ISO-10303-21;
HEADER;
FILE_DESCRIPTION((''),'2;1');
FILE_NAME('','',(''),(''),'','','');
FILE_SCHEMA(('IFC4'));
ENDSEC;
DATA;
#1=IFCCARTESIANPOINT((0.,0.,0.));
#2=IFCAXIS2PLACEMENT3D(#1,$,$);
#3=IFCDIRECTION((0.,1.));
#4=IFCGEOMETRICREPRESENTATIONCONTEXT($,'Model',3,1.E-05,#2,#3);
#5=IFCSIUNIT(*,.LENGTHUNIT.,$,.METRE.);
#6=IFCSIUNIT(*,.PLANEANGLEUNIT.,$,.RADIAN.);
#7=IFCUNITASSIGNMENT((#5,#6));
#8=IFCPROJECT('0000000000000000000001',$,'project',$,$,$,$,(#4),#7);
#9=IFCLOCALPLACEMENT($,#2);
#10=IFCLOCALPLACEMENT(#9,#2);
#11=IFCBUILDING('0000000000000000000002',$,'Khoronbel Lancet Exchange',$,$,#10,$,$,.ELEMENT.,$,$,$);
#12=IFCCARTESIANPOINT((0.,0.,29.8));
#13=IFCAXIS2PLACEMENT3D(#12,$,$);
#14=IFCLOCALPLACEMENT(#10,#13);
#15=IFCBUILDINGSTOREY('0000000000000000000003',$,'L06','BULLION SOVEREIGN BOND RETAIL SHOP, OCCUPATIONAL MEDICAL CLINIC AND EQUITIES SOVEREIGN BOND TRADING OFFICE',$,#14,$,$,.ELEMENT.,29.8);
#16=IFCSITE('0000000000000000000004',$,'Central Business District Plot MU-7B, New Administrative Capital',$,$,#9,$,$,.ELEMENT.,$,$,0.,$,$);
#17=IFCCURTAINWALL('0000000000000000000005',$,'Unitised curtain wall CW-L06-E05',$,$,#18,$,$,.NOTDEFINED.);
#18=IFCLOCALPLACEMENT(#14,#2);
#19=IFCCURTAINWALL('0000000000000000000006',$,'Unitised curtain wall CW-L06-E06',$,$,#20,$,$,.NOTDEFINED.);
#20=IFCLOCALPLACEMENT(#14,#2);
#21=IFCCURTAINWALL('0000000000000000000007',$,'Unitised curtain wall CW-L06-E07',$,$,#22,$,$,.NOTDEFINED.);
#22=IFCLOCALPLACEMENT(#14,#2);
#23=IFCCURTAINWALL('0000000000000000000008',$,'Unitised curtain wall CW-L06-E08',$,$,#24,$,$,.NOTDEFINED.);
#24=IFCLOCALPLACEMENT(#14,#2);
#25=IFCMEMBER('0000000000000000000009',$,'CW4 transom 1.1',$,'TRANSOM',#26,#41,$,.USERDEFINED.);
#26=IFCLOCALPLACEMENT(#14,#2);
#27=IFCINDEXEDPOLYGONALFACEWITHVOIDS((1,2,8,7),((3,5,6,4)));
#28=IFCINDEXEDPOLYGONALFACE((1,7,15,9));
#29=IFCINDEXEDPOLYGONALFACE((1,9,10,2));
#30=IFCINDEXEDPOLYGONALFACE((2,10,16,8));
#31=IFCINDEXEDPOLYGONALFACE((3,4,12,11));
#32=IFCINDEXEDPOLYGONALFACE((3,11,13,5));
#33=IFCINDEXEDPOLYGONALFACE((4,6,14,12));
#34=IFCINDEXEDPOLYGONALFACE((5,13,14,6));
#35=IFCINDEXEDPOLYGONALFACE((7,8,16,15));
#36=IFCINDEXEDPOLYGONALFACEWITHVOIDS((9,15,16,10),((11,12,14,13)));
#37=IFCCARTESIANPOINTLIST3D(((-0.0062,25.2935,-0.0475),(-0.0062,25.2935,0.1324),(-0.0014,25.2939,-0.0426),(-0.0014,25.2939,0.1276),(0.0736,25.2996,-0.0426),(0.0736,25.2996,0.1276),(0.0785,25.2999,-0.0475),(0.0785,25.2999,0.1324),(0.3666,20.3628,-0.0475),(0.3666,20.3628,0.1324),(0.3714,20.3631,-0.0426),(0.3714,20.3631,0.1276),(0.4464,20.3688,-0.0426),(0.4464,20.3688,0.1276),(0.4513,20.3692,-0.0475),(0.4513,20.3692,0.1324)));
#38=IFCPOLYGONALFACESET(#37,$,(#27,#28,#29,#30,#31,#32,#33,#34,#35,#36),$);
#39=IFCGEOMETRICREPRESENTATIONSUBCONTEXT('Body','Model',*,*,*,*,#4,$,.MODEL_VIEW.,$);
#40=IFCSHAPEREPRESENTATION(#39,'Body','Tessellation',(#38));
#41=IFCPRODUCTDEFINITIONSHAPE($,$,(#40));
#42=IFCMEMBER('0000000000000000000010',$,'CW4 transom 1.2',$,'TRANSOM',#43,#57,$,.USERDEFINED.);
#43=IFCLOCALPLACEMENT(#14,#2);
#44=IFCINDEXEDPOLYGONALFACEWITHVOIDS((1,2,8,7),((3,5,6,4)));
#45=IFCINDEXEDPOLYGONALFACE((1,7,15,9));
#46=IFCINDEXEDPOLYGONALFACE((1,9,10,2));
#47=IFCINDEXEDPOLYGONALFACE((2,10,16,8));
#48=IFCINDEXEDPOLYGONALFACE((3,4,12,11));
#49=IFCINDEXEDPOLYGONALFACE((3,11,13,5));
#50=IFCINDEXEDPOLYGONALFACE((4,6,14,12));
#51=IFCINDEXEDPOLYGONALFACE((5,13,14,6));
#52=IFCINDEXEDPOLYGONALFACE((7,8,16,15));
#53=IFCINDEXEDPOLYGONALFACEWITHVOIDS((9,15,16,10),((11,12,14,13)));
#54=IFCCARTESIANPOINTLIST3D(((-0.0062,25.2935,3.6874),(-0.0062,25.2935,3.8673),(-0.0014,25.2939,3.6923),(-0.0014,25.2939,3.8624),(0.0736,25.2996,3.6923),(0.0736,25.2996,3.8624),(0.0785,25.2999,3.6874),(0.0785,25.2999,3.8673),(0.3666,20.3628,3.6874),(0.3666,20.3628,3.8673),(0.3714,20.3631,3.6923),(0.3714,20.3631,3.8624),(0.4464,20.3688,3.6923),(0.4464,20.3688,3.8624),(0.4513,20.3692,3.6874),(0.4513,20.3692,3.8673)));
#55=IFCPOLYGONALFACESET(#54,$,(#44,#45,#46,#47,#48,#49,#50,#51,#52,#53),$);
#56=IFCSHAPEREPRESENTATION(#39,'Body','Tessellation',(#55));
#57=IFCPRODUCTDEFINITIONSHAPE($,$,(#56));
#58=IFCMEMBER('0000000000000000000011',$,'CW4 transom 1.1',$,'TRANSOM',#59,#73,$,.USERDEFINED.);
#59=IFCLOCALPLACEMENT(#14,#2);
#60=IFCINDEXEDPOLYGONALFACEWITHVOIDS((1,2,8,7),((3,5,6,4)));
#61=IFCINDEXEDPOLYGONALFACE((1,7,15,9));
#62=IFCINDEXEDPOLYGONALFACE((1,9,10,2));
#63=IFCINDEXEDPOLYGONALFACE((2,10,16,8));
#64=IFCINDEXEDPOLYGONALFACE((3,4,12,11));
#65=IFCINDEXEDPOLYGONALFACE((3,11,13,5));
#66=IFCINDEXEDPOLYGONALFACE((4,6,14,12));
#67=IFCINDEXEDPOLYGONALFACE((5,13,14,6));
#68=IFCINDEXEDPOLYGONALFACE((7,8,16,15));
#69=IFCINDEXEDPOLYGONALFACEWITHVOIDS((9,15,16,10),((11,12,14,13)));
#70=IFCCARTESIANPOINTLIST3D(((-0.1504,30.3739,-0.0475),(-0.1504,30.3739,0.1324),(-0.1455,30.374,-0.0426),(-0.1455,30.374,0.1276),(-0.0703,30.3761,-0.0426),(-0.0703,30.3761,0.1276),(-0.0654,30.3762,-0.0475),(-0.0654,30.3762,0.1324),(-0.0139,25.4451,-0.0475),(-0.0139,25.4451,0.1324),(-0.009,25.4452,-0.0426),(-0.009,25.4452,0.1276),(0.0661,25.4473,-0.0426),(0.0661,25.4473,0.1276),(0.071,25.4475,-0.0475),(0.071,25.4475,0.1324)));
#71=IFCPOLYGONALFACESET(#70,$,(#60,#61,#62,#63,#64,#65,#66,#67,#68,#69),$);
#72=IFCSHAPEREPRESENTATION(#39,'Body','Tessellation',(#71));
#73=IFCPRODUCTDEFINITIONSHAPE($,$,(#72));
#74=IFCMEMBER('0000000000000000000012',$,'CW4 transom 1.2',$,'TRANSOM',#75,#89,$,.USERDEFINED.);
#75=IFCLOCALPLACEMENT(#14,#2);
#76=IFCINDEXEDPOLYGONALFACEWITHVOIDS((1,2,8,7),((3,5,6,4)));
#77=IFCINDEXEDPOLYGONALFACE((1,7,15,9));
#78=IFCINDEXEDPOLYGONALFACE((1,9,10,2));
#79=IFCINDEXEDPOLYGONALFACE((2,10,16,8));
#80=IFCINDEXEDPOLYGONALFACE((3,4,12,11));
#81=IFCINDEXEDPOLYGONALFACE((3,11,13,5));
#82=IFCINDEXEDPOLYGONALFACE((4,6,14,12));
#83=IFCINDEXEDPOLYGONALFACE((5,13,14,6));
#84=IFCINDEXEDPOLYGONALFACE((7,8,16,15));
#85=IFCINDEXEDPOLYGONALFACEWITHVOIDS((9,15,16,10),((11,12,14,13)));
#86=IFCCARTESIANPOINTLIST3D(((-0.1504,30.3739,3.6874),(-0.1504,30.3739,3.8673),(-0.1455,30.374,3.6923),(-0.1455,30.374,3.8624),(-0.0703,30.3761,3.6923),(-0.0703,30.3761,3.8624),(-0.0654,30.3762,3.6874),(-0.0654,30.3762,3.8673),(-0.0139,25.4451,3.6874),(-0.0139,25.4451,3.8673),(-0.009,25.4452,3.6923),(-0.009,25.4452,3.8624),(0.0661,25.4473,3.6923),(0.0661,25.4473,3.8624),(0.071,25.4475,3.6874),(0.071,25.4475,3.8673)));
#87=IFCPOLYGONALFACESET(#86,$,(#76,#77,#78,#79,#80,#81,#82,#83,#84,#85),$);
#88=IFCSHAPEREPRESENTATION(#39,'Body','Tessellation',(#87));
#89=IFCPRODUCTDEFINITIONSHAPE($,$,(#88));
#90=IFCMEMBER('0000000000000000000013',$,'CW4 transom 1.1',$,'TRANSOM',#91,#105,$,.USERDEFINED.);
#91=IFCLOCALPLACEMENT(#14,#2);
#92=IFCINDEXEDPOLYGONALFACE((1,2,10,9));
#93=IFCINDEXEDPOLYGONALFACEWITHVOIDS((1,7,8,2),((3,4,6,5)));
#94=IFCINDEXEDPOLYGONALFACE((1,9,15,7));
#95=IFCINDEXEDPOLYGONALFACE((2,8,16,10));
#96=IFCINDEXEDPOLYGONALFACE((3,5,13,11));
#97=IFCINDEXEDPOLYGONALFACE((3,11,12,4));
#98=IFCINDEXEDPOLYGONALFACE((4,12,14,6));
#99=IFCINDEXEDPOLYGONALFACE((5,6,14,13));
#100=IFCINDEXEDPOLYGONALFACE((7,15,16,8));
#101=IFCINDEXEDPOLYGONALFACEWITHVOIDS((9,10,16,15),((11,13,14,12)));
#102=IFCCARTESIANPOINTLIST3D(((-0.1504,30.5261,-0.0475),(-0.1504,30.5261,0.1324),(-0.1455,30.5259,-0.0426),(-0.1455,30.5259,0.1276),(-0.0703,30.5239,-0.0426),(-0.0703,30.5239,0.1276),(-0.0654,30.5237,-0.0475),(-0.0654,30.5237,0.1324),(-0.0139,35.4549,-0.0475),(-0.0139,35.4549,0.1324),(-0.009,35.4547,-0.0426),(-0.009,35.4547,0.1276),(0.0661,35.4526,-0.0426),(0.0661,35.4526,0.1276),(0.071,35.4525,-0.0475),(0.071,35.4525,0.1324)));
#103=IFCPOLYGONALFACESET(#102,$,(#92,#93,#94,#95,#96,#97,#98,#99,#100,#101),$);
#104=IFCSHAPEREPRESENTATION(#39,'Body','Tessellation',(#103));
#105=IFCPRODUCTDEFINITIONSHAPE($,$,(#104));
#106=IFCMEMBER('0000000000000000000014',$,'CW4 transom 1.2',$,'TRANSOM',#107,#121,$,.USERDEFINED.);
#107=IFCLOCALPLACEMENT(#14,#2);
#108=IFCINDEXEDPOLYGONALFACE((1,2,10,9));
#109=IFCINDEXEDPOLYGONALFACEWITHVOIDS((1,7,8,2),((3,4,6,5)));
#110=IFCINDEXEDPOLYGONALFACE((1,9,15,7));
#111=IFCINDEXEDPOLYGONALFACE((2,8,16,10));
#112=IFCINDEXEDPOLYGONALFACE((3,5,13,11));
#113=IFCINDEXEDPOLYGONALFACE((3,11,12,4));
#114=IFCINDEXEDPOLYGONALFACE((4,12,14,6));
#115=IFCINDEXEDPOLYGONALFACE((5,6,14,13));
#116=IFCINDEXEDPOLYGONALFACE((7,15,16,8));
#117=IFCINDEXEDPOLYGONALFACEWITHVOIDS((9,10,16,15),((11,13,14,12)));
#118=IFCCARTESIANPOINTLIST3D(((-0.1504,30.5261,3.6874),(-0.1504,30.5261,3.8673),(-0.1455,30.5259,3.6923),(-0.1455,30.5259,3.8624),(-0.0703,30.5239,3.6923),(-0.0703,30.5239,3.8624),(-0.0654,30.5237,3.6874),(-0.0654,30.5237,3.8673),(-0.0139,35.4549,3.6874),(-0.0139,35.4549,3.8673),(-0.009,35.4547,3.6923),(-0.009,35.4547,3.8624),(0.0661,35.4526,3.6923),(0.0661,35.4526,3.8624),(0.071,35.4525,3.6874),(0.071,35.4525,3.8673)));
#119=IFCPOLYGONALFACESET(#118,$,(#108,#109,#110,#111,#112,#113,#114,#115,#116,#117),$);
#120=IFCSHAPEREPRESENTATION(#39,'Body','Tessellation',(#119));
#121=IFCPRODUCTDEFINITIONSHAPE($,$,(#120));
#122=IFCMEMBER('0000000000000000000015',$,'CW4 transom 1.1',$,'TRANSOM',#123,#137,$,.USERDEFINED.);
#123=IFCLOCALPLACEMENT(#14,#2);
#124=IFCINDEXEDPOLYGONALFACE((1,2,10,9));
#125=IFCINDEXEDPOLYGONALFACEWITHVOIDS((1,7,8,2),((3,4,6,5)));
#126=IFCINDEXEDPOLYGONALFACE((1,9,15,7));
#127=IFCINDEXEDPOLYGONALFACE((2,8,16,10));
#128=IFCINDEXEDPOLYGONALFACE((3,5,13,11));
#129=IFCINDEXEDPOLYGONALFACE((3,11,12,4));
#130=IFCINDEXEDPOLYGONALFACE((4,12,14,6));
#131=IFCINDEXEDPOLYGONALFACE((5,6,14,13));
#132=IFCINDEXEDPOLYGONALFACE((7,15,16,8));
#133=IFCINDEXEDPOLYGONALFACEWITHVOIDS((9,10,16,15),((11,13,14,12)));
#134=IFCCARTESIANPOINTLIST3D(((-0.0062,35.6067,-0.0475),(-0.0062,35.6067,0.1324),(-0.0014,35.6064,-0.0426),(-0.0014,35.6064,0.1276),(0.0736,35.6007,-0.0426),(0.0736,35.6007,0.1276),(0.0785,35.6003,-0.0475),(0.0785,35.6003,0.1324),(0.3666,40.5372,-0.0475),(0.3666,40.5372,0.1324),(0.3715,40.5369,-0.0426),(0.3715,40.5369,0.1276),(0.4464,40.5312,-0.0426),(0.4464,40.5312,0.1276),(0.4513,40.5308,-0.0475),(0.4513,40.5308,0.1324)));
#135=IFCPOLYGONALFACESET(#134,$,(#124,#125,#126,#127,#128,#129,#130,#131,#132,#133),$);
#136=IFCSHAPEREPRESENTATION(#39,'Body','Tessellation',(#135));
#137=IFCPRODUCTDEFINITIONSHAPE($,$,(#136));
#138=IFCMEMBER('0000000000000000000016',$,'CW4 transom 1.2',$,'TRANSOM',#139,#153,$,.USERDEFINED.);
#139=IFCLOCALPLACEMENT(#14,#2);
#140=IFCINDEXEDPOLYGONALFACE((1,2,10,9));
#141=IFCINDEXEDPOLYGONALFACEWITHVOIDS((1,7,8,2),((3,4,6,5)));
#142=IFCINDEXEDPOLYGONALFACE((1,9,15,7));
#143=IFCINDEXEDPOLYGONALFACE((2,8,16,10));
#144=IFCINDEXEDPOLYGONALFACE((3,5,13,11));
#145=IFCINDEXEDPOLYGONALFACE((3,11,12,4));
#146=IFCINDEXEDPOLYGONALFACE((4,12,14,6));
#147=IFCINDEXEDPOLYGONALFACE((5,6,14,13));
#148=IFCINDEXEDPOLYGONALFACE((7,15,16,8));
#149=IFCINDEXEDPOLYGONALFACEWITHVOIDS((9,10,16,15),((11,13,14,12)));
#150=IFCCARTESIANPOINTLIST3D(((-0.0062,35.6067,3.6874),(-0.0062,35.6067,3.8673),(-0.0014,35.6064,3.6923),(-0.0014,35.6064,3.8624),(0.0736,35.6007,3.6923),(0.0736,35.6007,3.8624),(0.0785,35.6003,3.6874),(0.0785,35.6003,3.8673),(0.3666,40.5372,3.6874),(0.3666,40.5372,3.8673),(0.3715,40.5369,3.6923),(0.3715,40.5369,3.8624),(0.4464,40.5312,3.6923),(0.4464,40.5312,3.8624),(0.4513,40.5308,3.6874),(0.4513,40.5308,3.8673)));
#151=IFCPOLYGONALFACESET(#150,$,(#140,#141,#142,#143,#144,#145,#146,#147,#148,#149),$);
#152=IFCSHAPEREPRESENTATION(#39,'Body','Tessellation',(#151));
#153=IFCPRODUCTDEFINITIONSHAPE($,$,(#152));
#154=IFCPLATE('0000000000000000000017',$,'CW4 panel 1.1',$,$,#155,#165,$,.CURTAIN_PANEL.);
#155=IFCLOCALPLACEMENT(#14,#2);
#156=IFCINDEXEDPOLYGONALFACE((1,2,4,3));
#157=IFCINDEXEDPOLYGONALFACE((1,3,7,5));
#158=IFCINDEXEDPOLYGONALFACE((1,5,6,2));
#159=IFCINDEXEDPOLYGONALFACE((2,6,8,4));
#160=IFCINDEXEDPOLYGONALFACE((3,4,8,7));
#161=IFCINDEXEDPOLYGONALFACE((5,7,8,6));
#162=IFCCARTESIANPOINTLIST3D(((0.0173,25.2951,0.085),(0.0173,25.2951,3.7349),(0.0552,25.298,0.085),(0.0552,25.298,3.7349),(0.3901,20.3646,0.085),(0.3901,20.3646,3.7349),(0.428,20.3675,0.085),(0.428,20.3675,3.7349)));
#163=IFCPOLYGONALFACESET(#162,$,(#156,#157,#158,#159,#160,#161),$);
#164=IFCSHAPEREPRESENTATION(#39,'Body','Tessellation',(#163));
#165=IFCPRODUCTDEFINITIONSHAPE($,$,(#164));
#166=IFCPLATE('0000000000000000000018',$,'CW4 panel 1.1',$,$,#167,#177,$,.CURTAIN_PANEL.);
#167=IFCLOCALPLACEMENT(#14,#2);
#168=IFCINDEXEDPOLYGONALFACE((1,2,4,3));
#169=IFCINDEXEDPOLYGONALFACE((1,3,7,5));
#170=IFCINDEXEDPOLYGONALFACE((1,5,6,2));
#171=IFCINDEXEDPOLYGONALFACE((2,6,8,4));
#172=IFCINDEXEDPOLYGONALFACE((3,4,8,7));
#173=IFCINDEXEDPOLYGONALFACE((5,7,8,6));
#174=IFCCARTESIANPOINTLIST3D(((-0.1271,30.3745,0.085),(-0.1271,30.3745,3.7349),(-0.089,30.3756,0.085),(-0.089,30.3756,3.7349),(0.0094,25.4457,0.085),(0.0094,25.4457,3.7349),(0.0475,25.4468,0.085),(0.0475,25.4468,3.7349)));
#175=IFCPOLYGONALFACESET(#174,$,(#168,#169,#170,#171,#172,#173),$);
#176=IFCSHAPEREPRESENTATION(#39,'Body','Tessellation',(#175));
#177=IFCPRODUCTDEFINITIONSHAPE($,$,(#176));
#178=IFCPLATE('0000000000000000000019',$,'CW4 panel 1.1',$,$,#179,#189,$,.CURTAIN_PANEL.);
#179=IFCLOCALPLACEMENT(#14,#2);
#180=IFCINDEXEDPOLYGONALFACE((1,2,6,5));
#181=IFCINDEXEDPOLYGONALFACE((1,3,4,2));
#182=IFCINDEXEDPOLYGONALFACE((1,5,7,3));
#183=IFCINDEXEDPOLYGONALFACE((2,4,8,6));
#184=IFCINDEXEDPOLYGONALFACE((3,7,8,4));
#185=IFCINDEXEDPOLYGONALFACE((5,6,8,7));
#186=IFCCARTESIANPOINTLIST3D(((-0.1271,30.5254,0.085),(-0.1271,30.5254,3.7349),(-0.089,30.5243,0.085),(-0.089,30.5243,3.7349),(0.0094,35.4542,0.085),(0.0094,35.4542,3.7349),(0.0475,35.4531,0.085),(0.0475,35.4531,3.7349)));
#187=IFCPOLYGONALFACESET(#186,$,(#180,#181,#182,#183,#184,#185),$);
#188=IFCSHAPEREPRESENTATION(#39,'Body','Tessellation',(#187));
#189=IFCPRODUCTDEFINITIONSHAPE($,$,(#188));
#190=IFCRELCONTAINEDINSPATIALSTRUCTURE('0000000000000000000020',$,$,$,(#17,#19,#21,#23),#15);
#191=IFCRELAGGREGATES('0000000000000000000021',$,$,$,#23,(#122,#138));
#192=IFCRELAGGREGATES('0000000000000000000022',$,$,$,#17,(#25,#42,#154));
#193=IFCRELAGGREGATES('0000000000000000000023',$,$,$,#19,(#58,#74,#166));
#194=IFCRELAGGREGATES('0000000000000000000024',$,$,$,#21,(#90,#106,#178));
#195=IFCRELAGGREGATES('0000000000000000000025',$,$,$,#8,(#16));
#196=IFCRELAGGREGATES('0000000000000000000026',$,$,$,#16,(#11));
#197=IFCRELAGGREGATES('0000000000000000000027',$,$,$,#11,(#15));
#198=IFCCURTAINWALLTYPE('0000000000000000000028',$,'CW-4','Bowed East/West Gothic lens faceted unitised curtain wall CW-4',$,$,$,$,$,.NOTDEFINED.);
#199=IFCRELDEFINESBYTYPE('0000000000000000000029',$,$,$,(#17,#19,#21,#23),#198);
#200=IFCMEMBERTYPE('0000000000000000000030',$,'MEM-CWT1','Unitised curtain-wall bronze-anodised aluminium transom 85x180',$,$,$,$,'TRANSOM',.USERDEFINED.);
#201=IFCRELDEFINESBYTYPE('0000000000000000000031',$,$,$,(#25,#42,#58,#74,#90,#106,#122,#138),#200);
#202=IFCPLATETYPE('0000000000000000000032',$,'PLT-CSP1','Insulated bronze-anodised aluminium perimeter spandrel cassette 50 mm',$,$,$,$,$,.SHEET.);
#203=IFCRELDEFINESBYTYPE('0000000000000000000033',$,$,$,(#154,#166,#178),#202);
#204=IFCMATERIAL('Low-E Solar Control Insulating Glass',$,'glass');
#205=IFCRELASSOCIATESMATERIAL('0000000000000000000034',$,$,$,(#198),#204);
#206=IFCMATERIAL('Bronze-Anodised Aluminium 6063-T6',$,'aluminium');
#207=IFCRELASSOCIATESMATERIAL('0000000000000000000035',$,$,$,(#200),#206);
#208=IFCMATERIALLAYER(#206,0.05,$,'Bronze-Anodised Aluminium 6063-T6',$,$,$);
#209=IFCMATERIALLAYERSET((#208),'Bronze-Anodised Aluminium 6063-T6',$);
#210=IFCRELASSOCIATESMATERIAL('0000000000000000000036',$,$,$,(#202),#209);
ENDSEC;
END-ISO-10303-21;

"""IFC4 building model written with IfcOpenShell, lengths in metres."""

from ifc_helpers import new_model, si_unit, direction, frame, origin, origin_2d, place, context, subcontext, project, spatial, rectangle, hollow_rectangle, extrude, material, layer, layer_set, material_profile, profile_set, type_object, element, aggregate, save


model = new_model("IFC4")

# Units and contexts
model_context = context("Model", 3, precision=1e-05, world=origin(), true_north=direction((0.0, 1.0)))
body_context = subcontext(model_context, "Body", "Model", "MODEL_VIEW")
ifc_project = project(units=[si_unit("LENGTHUNIT", "METRE"), si_unit("PLANEANGLEUNIT", "RADIAN")], contexts=[model_context])

# Site, building, storey
site_placement = place(None, origin())
site = spatial("IfcSite", under=ifc_project, at=site_placement, Name="Central Business District Plot MU-7B, New Administrative Capital", CompositionType="ELEMENT", RefElevation=0.0)
building_placement = place(site_placement, origin())
building = spatial("IfcBuilding", under=site, at=building_placement, Name="Khoronbel Lancet Exchange", CompositionType="ELEMENT")
storey_placement = place(building_placement, frame((0.0, 0.0, 29.8)))
storey = spatial("IfcBuildingStorey", under=building, at=storey_placement, Name="L06", Description="BULLION SOVEREIGN BOND RETAIL SHOP, OCCUPATIONAL MEDICAL CLINIC AND EQUITIES SOVEREIGN BOND TRADING OFFICE", CompositionType="ELEMENT", Elevation=29.8)

# Curtain walls
ifc_material_1 = material(Name="Low-E Solar Control Insulating Glass", Category="glass")
curtain_wall_type = type_object("IfcCurtainWallType", Name="CW-4", Description="Bowed East/West Gothic lens faceted unitised curtain wall CW-4", PredefinedType="NOTDEFINED", material=ifc_material_1)
ifc_material_2 = material(Name="Bronze-Anodised Aluminium 6063-T6", Category="aluminium")
curtain_wall_1_placement = place(storey_placement, origin())
curtain_wall_1 = element("IfcCurtainWall", 1, at=curtain_wall_1_placement, inside=storey, type_object=curtain_wall_type, Name="Unitised curtain wall CW-L06-E05", PredefinedType="NOTDEFINED")
curtain_wall_2_placement = place(storey_placement, origin())
curtain_wall_2 = element("IfcCurtainWall", 2, at=curtain_wall_2_placement, inside=storey, type_object=curtain_wall_type, Name="Unitised curtain wall CW-L06-E06", PredefinedType="NOTDEFINED")
curtain_wall_3_placement = place(storey_placement, origin())
curtain_wall_3 = element("IfcCurtainWall", 3, at=curtain_wall_3_placement, inside=storey, type_object=curtain_wall_type, Name="Unitised curtain wall CW-L06-E07", PredefinedType="NOTDEFINED")

# Curtain wall
curtain_wall_4_placement = place(storey_placement, origin())
curtain_wall_4 = element("IfcCurtainWall", 4, at=curtain_wall_4_placement, inside=storey, type_object=curtain_wall_type, Name="Unitised curtain wall CW-L06-E08", PredefinedType="NOTDEFINED")

# Members
ifc_material_profile_1 = material_profile(ifc_material_2, hollow_rectangle(XDim=0.085, YDim=0.1799, WallThickness=0.0049, at=origin_2d()), Name="ALU TRANSOM 85x180")
ifc_profile_set_1 = profile_set([ifc_material_profile_1], Name="Bronze-Anodised Aluminium 6063-T6")
member_type_1 = type_object("IfcMemberType", Name="MEM-CWT1", Description="Unitised curtain-wall bronze-anodised aluminium transom 85x180", ElementType="TRANSOM", PredefinedType="USERDEFINED", material=ifc_profile_set_1)
member_1_placement = place(storey_placement, frame((0.4089, 20.366, 0.0425), z_axis=(-0.075394, 0.997154, 0.0), x_axis=(-0.997154, -0.075394, 0.0)))
member_1 = element("IfcMember", 5, at=member_1_placement, type_object=member_type_1, Name="CW4 transom 1.1", ObjectType="TRANSOM", PredefinedType="USERDEFINED", context=body_context, shape_type="SweptSolid", body=[
    extrude(hollow_rectangle(XDim=0.085, YDim=0.1799, WallThickness=0.0049, at=origin_2d()), origin(), (0.0, 0.0, 1.0), 4.9448),
])
member_2_placement = place(storey_placement, frame((0.4089, 20.366, 3.7773), z_axis=(-0.075394, 0.997154, 0.0), x_axis=(-0.997154, -0.075394, 0.0)))
member_2 = element("IfcMember", 6, at=member_2_placement, type_object=member_type_1, Name="CW4 transom 1.2", ObjectType="TRANSOM", PredefinedType="USERDEFINED", context=body_context, shape_type="SweptSolid", body=[
    extrude(hollow_rectangle(XDim=0.085, YDim=0.1799, WallThickness=0.0049, at=origin_2d()), origin(), (0.0, 0.0, 1.0), 4.9448),
])
member_3_placement = place(storey_placement, frame((0.0286, 25.4463, 0.0425), z_axis=(-0.027679, 0.999617, 0.0), x_axis=(-0.999617, -0.027679, 0.0)))
member_3 = element("IfcMember", 7, at=member_3_placement, type_object=member_type_1, Name="CW4 transom 1.1", ObjectType="TRANSOM", PredefinedType="USERDEFINED", context=body_context, shape_type="SweptSolid", body=[
    extrude(hollow_rectangle(XDim=0.085, YDim=0.1799, WallThickness=0.0049, at=origin_2d()), origin(), (0.0, 0.0, 1.0), 4.9307),
])
member_4_placement = place(storey_placement, frame((0.0286, 25.4463, 3.7773), z_axis=(-0.027679, 0.999617, 0.0), x_axis=(-0.999617, -0.027679, 0.0)))
member_4 = element("IfcMember", 8, at=member_4_placement, type_object=member_type_1, Name="CW4 transom 1.2", ObjectType="TRANSOM", PredefinedType="USERDEFINED", context=body_context, shape_type="SweptSolid", body=[
    extrude(hollow_rectangle(XDim=0.085, YDim=0.1799, WallThickness=0.0049, at=origin_2d()), origin(), (0.0, 0.0, 1.0), 4.9307),
])
member_5_placement = place(storey_placement, frame((-0.1079, 30.5249, 0.0425), z_axis=(0.027679, 0.999617, 0.0), x_axis=(-0.999617, 0.027679, 0.0)))
member_5 = element("IfcMember", 9, at=member_5_placement, type_object=member_type_1, Name="CW4 transom 1.1", ObjectType="TRANSOM", PredefinedType="USERDEFINED", context=body_context, shape_type="SweptSolid", body=[
    extrude(hollow_rectangle(XDim=0.085, YDim=0.1799, WallThickness=0.0049, at=origin_2d()), origin(), (0.0, 0.0, 1.0), 4.9307),
])
member_6_placement = place(storey_placement, frame((-0.1079, 30.5249, 3.7773), z_axis=(0.027679, 0.999617, 0.0), x_axis=(-0.999617, 0.027679, 0.0)))
member_6 = element("IfcMember", 10, at=member_6_placement, type_object=member_type_1, Name="CW4 transom 1.2", ObjectType="TRANSOM", PredefinedType="USERDEFINED", context=body_context, shape_type="SweptSolid", body=[
    extrude(hollow_rectangle(XDim=0.085, YDim=0.1799, WallThickness=0.0049, at=origin_2d()), origin(), (0.0, 0.0, 1.0), 4.9307),
])
member_7_placement = place(storey_placement, frame((0.0361, 35.6035, 0.0425), z_axis=(0.075398, 0.997154, 0.0), x_axis=(-0.997154, 0.075398, 0.0)))
member_7 = element("IfcMember", 11, at=member_7_placement, type_object=member_type_1, Name="CW4 transom 1.1", ObjectType="TRANSOM", PredefinedType="USERDEFINED", context=body_context, shape_type="SweptSolid", body=[
    extrude(hollow_rectangle(XDim=0.085, YDim=0.1799, WallThickness=0.0049, at=origin_2d()), origin(), (0.0, 0.0, 1.0), 4.9446),
])
member_8_placement = place(storey_placement, frame((0.0361, 35.6035, 3.7773), z_axis=(0.075398, 0.997154, 0.0), x_axis=(-0.997154, 0.075398, 0.0)))
member_8 = element("IfcMember", 12, at=member_8_placement, type_object=member_type_1, Name="CW4 transom 1.2", ObjectType="TRANSOM", PredefinedType="USERDEFINED", context=body_context, shape_type="SweptSolid", body=[
    extrude(hollow_rectangle(XDim=0.085, YDim=0.1799, WallThickness=0.0049, at=origin_2d()), origin(), (0.0, 0.0, 1.0), 4.9446),
])
aggregate(curtain_wall_4, [member_7, member_8])

# Plates
ifc_layer_1 = layer(ifc_material_2, 0.05, Name="Bronze-Anodised Aluminium 6063-T6")
ifc_layer_set_1 = layer_set([ifc_layer_1], Name="Bronze-Anodised Aluminium 6063-T6")
plate_type_1 = type_object("IfcPlateType", Name="PLT-CSP1", Description="Insulated bronze-anodised aluminium perimeter spandrel cassette 50 mm", PredefinedType="SHEET", material=ifc_layer_set_1)
plate_1_placement = place(storey_placement, frame((0.2227, 22.8313, 0.085), z_axis=(0.0, 0.0, 1.0), x_axis=(-0.075395, 0.997154, 0.0)))
plate_1 = element("IfcPlate", 13, at=plate_1_placement, type_object=plate_type_1, Name="CW4 panel 1.1", PredefinedType="CURTAIN_PANEL", context=body_context, shape_type="SweptSolid", body=[
    extrude(rectangle(XDim=4.9446, YDim=0.0381, at=origin_2d()), origin(), (0.0, 0.0, 1.0), 3.6499),
])
aggregate(curtain_wall_1, [member_1, member_2, plate_1])
plate_2_placement = place(storey_placement, frame((-0.0398, 27.9106, 0.085), z_axis=(0.0, 0.0, 1.0), x_axis=(-0.027674, 0.999617, 0.0)))
plate_2 = element("IfcPlate", 14, at=plate_2_placement, type_object=plate_type_1, Name="CW4 panel 1.1", PredefinedType="CURTAIN_PANEL", context=body_context, shape_type="SweptSolid", body=[
    extrude(rectangle(XDim=4.9307, YDim=0.0381, at=origin_2d()), origin(), (0.0, 0.0, 1.0), 3.6499),
])
aggregate(curtain_wall_2, [member_3, member_4, plate_2])
plate_3_placement = place(storey_placement, frame((-0.0398, 32.9893, 0.085), z_axis=(0.0, 0.0, 1.0), x_axis=(0.027674, 0.999617, 0.0)))
plate_3 = element("IfcPlate", 15, at=plate_3_placement, type_object=plate_type_1, Name="CW4 panel 1.1", PredefinedType="CURTAIN_PANEL", context=body_context, shape_type="SweptSolid", body=[
    extrude(rectangle(XDim=4.9307, YDim=0.0381, at=origin_2d()), origin(), (0.0, 0.0, 1.0), 3.6499),
])
aggregate(curtain_wall_3, [member_5, member_6, plate_3])

save(model, "model.ifc")
